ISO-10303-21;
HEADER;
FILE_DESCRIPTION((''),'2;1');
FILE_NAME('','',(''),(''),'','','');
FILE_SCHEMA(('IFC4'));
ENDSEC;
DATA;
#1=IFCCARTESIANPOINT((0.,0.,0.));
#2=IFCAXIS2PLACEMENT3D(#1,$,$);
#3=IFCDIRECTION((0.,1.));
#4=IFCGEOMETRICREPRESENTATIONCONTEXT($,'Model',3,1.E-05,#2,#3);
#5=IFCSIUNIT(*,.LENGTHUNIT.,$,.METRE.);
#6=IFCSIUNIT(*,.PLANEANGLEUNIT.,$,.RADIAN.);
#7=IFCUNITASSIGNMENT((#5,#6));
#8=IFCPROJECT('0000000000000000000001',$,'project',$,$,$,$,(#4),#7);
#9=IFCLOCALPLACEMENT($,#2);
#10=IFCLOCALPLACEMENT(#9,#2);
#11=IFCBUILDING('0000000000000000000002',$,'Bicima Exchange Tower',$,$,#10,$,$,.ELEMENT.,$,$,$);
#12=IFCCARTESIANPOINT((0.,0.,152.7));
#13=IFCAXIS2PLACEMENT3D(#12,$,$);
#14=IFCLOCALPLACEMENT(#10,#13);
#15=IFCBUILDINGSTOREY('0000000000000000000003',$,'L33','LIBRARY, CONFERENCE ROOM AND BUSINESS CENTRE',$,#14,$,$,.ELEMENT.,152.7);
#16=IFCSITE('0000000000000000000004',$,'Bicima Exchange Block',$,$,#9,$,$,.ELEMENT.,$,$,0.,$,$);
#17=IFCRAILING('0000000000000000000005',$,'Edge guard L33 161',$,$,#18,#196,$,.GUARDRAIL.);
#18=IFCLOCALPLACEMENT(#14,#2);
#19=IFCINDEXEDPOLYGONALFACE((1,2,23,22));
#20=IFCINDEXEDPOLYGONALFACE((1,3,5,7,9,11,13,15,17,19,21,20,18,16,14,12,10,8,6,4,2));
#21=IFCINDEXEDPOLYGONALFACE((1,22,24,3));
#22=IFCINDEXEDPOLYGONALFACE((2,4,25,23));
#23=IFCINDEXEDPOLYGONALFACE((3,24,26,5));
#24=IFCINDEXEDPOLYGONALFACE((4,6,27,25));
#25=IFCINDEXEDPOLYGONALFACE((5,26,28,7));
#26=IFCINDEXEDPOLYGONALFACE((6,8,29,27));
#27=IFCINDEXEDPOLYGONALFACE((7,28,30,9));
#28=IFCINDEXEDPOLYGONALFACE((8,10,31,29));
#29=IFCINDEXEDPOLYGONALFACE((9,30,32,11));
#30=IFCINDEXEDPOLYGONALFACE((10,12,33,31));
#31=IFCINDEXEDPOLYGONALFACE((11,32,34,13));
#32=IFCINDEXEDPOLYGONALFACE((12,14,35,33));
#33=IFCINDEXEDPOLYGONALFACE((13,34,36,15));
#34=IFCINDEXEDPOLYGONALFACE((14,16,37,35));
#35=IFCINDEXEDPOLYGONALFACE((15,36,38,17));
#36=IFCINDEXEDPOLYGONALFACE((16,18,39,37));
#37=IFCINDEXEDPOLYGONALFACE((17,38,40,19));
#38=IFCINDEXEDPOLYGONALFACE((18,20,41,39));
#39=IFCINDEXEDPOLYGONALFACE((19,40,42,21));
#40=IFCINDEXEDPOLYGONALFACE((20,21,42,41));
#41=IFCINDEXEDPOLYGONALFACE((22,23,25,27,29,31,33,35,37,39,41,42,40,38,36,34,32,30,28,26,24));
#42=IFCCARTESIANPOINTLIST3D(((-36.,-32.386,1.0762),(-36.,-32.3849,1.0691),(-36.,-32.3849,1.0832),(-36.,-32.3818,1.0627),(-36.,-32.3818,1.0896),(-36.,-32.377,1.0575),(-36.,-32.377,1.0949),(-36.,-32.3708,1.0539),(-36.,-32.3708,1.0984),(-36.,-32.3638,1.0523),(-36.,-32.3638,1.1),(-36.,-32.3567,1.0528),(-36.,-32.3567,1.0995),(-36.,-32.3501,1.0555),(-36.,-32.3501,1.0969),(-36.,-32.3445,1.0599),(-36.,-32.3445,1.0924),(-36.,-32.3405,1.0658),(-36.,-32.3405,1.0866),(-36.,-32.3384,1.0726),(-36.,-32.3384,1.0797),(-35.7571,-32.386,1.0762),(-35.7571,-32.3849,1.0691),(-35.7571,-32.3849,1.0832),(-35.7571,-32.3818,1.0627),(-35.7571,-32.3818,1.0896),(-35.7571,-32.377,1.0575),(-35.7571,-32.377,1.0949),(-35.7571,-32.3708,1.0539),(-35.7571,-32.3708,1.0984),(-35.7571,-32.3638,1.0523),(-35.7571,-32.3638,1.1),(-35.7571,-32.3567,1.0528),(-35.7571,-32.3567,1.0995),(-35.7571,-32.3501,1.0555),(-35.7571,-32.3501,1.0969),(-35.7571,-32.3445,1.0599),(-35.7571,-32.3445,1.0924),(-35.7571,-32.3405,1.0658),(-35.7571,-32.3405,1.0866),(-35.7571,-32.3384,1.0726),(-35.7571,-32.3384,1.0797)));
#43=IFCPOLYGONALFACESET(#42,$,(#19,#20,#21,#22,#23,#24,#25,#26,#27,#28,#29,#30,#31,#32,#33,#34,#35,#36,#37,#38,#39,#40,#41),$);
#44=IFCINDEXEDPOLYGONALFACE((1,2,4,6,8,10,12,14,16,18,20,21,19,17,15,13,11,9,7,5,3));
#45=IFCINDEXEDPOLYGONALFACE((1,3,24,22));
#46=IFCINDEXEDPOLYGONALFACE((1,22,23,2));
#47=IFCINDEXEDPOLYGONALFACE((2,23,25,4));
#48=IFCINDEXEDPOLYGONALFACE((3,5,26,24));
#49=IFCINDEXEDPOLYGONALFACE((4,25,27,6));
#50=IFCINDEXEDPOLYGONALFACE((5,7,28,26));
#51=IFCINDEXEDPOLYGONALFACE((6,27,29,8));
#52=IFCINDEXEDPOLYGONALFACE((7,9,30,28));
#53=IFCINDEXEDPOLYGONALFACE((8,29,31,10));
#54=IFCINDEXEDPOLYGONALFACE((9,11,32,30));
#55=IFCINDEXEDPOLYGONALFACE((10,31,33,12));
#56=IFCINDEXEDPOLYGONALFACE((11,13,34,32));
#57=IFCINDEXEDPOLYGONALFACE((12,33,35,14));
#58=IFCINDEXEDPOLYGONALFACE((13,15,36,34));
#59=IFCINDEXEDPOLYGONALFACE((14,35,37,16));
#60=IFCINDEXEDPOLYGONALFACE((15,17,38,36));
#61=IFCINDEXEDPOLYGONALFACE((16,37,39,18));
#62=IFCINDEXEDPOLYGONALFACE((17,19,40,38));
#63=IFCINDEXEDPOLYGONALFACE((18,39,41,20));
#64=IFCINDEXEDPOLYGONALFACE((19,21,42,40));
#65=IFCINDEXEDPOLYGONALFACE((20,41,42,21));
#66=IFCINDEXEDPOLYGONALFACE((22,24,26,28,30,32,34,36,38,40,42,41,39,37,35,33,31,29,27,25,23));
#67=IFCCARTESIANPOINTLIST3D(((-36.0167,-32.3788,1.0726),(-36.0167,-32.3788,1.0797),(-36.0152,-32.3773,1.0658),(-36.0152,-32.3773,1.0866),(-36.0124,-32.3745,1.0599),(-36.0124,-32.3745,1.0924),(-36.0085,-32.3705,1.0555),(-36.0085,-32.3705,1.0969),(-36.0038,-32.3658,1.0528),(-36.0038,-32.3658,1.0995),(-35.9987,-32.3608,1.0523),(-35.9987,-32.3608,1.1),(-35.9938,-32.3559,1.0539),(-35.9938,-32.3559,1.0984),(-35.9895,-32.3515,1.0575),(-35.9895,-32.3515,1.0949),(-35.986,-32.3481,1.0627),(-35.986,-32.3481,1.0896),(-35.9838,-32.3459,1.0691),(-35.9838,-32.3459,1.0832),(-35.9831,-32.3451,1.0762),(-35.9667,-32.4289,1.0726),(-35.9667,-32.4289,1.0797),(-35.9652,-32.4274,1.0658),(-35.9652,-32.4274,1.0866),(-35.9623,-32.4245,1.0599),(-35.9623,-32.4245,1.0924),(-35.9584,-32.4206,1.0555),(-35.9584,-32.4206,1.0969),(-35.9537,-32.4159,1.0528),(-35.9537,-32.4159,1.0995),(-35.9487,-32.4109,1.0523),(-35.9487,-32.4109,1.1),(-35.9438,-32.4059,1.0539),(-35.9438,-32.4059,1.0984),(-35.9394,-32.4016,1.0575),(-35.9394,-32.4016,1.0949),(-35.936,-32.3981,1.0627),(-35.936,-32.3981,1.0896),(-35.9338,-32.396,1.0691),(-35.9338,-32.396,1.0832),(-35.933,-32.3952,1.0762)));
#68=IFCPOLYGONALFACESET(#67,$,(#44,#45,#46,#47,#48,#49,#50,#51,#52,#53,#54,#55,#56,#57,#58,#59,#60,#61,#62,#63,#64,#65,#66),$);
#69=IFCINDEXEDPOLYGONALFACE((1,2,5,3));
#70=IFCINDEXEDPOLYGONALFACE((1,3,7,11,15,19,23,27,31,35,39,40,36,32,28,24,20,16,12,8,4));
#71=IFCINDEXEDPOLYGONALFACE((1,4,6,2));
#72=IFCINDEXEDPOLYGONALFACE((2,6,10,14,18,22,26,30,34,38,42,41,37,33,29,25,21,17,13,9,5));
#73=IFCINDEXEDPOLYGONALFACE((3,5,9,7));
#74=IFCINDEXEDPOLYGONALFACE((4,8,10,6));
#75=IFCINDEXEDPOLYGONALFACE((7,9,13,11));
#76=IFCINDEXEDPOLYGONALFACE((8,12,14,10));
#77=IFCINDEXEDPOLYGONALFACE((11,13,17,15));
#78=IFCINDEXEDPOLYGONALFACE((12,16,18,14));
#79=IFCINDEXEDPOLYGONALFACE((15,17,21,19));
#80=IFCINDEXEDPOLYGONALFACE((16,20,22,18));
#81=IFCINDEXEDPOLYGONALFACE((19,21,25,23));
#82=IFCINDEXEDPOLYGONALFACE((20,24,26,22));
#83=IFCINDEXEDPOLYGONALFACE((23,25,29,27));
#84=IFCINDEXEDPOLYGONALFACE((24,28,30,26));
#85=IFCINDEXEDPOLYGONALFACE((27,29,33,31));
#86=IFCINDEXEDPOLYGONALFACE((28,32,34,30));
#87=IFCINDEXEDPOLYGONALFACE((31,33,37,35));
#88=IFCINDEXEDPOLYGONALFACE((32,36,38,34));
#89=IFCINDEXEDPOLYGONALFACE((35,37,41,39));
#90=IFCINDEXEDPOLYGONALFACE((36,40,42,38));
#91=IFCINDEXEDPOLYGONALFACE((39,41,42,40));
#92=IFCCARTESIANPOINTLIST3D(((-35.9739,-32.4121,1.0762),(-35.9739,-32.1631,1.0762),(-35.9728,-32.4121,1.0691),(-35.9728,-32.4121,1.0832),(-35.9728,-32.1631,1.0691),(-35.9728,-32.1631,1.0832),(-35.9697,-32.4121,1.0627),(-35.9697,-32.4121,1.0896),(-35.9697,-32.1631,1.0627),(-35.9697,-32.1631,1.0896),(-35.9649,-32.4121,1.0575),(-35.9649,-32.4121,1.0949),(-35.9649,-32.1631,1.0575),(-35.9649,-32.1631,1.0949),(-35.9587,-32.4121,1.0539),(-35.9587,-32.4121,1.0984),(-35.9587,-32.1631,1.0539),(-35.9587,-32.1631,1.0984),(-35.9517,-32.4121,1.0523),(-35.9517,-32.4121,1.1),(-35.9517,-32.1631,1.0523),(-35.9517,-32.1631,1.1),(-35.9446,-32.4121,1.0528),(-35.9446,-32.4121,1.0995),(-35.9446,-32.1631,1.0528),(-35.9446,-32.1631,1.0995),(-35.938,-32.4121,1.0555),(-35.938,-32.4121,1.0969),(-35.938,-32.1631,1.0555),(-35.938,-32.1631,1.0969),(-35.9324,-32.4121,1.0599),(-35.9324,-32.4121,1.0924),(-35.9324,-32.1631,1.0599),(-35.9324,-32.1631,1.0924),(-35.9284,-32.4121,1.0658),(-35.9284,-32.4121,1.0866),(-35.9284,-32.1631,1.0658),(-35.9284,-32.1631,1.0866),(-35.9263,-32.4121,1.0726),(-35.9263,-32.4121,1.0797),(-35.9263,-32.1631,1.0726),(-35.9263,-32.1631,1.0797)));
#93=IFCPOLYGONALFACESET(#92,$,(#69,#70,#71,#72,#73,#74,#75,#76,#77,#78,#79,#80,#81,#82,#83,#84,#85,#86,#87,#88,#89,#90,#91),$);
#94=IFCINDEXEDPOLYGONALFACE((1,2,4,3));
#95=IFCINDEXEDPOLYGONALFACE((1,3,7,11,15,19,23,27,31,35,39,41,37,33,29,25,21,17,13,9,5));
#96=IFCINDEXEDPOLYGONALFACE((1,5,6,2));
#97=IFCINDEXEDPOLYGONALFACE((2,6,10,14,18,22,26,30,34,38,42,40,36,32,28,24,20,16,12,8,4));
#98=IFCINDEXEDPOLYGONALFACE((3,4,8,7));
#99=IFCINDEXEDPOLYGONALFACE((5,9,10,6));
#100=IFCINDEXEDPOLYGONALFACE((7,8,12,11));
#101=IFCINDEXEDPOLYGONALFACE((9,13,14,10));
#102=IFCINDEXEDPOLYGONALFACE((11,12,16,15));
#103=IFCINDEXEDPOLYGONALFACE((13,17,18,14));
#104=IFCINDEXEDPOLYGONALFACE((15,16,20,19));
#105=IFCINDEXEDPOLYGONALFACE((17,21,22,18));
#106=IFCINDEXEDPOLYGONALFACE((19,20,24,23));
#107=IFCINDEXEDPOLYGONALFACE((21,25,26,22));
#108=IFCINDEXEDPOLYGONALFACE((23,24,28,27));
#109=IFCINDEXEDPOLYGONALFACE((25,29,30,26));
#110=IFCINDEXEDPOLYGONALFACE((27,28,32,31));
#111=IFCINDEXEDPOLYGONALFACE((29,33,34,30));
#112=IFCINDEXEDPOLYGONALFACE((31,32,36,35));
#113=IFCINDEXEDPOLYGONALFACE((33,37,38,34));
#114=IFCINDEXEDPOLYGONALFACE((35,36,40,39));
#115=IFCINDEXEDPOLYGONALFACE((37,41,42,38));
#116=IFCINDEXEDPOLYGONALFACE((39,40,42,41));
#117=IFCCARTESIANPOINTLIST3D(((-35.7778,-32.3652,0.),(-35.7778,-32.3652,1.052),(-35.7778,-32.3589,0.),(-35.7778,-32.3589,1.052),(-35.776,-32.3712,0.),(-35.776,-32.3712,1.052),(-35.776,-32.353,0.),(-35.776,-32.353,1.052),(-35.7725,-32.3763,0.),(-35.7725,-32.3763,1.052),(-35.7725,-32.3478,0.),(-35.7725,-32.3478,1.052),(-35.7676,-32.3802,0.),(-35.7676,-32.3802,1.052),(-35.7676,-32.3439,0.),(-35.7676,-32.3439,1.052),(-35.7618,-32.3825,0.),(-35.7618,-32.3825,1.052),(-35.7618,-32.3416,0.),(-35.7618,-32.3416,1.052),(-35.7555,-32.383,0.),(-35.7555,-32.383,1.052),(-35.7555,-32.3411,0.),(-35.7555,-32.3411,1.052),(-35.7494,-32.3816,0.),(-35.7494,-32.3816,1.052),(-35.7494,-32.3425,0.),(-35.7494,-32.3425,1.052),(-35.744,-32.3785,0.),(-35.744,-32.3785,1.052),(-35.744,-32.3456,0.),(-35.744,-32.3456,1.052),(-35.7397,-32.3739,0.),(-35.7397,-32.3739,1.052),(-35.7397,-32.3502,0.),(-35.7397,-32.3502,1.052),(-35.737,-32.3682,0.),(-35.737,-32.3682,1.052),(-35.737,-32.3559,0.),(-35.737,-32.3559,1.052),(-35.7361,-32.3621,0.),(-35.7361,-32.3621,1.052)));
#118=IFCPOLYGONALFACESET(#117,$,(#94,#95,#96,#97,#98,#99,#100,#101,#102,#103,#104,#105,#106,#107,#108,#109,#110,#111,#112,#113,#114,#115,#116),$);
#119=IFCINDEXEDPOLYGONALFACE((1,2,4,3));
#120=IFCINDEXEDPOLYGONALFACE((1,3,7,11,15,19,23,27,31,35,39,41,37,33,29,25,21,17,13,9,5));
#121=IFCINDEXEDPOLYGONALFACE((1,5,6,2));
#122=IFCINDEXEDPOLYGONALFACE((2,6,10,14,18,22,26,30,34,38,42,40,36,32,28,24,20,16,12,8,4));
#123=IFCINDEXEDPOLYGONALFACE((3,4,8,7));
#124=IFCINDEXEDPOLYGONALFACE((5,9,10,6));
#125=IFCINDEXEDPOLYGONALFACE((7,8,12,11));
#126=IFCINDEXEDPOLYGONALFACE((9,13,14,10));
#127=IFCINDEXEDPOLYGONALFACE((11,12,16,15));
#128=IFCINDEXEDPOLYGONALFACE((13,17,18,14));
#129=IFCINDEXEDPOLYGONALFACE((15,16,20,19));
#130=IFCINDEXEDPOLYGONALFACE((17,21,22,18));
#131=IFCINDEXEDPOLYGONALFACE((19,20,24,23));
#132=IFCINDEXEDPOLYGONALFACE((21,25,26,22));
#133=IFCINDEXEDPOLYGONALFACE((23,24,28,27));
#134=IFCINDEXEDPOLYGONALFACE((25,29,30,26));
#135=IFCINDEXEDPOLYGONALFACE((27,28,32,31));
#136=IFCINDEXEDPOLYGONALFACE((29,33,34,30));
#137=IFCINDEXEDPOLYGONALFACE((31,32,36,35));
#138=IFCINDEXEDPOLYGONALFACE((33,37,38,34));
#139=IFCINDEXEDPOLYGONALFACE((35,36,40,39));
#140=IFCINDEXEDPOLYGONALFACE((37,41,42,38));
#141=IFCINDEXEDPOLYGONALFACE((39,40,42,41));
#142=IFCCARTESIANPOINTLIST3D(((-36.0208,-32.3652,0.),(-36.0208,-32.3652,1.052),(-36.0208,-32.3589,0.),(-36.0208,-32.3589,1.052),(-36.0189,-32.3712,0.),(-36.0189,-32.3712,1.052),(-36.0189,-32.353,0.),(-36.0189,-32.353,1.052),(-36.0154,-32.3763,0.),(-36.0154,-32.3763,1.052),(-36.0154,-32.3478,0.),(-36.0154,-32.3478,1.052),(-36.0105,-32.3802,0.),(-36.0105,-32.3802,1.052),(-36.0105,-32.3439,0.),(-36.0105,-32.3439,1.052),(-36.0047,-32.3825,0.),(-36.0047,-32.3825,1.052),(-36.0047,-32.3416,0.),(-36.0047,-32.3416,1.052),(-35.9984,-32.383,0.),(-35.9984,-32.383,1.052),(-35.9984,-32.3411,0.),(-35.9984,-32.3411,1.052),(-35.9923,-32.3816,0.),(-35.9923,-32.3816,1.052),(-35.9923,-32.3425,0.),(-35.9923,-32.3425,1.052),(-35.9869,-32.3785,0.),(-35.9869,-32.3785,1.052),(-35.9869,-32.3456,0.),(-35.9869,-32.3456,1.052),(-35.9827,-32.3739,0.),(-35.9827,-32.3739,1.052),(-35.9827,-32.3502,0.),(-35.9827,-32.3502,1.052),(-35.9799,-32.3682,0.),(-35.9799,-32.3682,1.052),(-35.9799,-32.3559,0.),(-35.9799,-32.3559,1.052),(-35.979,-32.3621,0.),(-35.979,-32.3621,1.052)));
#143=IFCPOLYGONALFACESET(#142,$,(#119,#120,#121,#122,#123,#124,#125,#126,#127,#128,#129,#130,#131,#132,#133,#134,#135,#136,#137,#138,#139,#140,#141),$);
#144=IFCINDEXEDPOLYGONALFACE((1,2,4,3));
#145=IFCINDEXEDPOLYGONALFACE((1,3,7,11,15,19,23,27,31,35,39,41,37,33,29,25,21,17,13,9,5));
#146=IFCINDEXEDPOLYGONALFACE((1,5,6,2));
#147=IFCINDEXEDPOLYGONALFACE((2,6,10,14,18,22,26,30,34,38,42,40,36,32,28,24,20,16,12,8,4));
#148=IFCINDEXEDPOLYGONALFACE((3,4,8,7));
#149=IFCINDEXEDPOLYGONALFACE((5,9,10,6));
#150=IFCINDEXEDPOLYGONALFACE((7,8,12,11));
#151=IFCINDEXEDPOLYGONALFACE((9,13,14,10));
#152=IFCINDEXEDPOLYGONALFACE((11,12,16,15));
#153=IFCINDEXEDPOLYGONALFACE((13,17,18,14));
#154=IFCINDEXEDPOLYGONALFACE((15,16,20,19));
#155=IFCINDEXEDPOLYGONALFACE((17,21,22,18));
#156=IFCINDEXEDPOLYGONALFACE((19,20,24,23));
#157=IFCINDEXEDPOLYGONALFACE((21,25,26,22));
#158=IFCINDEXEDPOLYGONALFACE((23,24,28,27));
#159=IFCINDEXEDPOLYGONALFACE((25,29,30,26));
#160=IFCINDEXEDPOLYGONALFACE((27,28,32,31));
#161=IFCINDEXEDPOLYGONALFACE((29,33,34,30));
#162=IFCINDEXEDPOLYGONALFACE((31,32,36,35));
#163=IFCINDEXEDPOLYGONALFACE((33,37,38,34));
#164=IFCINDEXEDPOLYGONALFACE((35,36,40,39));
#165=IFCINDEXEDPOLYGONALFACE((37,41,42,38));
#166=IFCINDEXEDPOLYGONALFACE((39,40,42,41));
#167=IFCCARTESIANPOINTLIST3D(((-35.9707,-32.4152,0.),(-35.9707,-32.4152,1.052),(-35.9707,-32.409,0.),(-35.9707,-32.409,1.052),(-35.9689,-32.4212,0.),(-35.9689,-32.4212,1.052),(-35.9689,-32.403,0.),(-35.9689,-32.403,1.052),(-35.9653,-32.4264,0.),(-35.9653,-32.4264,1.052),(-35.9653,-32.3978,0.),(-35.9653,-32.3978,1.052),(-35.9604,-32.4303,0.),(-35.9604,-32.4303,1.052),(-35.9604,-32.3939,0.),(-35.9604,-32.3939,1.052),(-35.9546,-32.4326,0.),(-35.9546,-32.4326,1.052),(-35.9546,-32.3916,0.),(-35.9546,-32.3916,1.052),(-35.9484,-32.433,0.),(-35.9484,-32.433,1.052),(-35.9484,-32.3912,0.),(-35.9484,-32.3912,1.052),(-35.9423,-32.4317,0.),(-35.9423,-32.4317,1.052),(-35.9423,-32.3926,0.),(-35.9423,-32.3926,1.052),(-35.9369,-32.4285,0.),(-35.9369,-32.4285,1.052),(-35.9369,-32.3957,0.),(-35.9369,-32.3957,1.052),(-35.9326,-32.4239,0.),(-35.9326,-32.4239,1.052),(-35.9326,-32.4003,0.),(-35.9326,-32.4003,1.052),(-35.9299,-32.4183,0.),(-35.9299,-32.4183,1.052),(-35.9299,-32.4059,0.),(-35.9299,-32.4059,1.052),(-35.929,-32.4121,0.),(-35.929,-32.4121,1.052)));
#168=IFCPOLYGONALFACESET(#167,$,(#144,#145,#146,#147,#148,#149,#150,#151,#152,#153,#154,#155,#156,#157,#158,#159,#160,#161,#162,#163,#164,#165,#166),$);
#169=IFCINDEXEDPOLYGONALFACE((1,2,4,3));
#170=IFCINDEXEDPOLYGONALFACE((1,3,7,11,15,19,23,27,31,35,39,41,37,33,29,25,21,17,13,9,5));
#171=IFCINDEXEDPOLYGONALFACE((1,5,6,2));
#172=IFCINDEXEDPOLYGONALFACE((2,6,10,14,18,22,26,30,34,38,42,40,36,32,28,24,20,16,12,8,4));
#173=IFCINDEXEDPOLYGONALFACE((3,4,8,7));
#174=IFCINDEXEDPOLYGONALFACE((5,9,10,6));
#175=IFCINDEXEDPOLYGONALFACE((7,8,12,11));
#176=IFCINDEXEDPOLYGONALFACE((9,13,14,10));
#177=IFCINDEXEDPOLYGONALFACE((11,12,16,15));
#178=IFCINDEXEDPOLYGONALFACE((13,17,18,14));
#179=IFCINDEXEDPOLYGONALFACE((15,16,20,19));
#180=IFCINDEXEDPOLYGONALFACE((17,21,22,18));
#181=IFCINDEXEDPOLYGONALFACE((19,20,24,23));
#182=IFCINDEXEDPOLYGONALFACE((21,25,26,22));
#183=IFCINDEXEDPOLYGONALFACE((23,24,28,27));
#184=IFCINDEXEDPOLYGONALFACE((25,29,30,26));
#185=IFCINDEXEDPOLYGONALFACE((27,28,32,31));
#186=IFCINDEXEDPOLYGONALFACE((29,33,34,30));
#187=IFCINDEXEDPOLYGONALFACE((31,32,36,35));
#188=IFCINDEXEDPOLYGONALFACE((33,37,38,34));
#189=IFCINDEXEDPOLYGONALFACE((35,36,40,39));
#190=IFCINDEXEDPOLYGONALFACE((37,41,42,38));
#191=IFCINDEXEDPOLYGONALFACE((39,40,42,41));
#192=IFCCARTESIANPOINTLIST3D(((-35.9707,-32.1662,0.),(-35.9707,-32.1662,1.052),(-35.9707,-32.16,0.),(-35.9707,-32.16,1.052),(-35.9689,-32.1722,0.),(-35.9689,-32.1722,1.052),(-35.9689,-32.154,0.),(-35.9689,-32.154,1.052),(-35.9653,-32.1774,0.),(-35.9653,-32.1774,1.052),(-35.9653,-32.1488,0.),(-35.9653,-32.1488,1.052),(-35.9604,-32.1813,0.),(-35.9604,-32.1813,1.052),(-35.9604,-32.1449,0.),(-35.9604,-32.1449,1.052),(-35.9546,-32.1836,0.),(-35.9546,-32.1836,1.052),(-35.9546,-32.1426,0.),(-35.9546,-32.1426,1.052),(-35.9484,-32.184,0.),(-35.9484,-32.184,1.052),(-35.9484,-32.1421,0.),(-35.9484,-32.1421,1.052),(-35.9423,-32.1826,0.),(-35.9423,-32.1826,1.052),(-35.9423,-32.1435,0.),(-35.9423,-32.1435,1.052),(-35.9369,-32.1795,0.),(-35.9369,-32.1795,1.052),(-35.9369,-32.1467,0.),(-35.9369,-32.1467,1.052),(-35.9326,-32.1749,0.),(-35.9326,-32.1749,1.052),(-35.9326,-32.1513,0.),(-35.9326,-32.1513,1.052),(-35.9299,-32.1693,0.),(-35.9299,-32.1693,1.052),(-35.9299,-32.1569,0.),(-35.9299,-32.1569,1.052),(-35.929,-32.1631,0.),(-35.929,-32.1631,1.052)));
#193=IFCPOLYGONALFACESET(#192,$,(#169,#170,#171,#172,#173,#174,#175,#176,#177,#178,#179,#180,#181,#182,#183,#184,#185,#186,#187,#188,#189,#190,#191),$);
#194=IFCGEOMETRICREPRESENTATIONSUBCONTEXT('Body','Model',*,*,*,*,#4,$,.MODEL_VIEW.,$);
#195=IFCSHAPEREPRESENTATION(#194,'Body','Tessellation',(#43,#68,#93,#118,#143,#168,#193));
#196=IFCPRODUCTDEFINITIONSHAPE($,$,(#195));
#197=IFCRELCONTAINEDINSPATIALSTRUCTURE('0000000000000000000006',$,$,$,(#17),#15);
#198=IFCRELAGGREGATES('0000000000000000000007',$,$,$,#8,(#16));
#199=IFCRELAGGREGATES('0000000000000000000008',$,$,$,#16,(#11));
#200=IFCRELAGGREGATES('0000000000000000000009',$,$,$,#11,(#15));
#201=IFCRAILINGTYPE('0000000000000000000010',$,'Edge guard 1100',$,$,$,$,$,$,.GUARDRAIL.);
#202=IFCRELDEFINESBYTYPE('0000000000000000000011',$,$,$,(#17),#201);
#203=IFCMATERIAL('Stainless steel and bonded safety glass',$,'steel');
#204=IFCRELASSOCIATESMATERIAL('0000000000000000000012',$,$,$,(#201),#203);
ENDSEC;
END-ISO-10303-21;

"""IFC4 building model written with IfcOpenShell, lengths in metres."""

from ifc_helpers import new_model, si_unit, direction, frame, origin, origin_2d, place, context, subcontext, project, spatial, circle, extrude, material, type_object, element, save


model = new_model("IFC4")

# Units and contexts
model_context = context("Model", 3, precision=1e-05, world=origin(), true_north=direction((0.0, 1.0)))
body_context = subcontext(model_context, "Body", "Model", "MODEL_VIEW")
ifc_project = project(units=[si_unit("LENGTHUNIT", "METRE"), si_unit("PLANEANGLEUNIT", "RADIAN")], contexts=[model_context])

# Site, building, storey
site_placement = place(None, origin())
site = spatial("IfcSite", under=ifc_project, at=site_placement, Name="Bicima Exchange Block", CompositionType="ELEMENT", RefElevation=0.0)
building_placement = place(site_placement, origin())
building = spatial("IfcBuilding", under=site, at=building_placement, Name="Bicima Exchange Tower", CompositionType="ELEMENT")
storey_placement = place(building_placement, frame((0.0, 0.0, 152.7)))
storey = spatial("IfcBuildingStorey", under=building, at=storey_placement, Name="L33", Description="LIBRARY, CONFERENCE ROOM AND BUSINESS CENTRE", CompositionType="ELEMENT", Elevation=152.7)

# Railing
ifc_material_1 = material(Name="Stainless steel and bonded safety glass", Category="steel")
railing_type = type_object("IfcRailingType", Name="Edge guard 1100", PredefinedType="GUARDRAIL", material=ifc_material_1)
railing_1_placement = place(storey_placement, frame((-35.7571, -32.3621, 0.0)))
element("IfcRailing", 1, at=railing_1_placement, inside=storey, type_object=railing_type, Name="Edge guard L33 161", PredefinedType="GUARDRAIL", context=body_context, shape_type="SweptSolid", body=[
    extrude(circle(Radius=0.0239, at=origin_2d()), frame((0.0, 0.0, 1.0762), z_axis=(-1.0, 0.0, 0.0), x_axis=(0.0, -1.0, 0.0)), (0.0, 0.0, 1.0), 0.2429),
    extrude(circle(Radius=0.0239, at=origin_2d()), frame((-0.2429, 0.0, 1.0762), z_axis=(0.707107, -0.707107, 0.0), x_axis=(0.707107, 0.707107, 0.0)), (0.0, 0.0, 1.0), 0.0708),
    extrude(circle(Radius=0.0239, at=origin_2d()), frame((-0.1929, -0.05, 1.0762), z_axis=(0.0, 1.0, 0.0), x_axis=(-1.0, 0.0, 0.0)), (0.0, 0.0, 1.0), 0.249),
    extrude(circle(Radius=0.021, at=origin_2d()), origin(), (0.0, 0.0, 1.0), 1.052),
    extrude(circle(Radius=0.021, at=origin_2d()), frame((-0.2429, 0.0, 0.0)), (0.0, 0.0, 1.0), 1.052),
    extrude(circle(Radius=0.021, at=origin_2d()), frame((-0.1929, -0.05, 0.0)), (0.0, 0.0, 1.0), 1.052),
    extrude(circle(Radius=0.021, at=origin_2d()), frame((-0.1929, 0.199, 0.0)), (0.0, 0.0, 1.0), 1.052),
])

save(model, "model.ifc")
